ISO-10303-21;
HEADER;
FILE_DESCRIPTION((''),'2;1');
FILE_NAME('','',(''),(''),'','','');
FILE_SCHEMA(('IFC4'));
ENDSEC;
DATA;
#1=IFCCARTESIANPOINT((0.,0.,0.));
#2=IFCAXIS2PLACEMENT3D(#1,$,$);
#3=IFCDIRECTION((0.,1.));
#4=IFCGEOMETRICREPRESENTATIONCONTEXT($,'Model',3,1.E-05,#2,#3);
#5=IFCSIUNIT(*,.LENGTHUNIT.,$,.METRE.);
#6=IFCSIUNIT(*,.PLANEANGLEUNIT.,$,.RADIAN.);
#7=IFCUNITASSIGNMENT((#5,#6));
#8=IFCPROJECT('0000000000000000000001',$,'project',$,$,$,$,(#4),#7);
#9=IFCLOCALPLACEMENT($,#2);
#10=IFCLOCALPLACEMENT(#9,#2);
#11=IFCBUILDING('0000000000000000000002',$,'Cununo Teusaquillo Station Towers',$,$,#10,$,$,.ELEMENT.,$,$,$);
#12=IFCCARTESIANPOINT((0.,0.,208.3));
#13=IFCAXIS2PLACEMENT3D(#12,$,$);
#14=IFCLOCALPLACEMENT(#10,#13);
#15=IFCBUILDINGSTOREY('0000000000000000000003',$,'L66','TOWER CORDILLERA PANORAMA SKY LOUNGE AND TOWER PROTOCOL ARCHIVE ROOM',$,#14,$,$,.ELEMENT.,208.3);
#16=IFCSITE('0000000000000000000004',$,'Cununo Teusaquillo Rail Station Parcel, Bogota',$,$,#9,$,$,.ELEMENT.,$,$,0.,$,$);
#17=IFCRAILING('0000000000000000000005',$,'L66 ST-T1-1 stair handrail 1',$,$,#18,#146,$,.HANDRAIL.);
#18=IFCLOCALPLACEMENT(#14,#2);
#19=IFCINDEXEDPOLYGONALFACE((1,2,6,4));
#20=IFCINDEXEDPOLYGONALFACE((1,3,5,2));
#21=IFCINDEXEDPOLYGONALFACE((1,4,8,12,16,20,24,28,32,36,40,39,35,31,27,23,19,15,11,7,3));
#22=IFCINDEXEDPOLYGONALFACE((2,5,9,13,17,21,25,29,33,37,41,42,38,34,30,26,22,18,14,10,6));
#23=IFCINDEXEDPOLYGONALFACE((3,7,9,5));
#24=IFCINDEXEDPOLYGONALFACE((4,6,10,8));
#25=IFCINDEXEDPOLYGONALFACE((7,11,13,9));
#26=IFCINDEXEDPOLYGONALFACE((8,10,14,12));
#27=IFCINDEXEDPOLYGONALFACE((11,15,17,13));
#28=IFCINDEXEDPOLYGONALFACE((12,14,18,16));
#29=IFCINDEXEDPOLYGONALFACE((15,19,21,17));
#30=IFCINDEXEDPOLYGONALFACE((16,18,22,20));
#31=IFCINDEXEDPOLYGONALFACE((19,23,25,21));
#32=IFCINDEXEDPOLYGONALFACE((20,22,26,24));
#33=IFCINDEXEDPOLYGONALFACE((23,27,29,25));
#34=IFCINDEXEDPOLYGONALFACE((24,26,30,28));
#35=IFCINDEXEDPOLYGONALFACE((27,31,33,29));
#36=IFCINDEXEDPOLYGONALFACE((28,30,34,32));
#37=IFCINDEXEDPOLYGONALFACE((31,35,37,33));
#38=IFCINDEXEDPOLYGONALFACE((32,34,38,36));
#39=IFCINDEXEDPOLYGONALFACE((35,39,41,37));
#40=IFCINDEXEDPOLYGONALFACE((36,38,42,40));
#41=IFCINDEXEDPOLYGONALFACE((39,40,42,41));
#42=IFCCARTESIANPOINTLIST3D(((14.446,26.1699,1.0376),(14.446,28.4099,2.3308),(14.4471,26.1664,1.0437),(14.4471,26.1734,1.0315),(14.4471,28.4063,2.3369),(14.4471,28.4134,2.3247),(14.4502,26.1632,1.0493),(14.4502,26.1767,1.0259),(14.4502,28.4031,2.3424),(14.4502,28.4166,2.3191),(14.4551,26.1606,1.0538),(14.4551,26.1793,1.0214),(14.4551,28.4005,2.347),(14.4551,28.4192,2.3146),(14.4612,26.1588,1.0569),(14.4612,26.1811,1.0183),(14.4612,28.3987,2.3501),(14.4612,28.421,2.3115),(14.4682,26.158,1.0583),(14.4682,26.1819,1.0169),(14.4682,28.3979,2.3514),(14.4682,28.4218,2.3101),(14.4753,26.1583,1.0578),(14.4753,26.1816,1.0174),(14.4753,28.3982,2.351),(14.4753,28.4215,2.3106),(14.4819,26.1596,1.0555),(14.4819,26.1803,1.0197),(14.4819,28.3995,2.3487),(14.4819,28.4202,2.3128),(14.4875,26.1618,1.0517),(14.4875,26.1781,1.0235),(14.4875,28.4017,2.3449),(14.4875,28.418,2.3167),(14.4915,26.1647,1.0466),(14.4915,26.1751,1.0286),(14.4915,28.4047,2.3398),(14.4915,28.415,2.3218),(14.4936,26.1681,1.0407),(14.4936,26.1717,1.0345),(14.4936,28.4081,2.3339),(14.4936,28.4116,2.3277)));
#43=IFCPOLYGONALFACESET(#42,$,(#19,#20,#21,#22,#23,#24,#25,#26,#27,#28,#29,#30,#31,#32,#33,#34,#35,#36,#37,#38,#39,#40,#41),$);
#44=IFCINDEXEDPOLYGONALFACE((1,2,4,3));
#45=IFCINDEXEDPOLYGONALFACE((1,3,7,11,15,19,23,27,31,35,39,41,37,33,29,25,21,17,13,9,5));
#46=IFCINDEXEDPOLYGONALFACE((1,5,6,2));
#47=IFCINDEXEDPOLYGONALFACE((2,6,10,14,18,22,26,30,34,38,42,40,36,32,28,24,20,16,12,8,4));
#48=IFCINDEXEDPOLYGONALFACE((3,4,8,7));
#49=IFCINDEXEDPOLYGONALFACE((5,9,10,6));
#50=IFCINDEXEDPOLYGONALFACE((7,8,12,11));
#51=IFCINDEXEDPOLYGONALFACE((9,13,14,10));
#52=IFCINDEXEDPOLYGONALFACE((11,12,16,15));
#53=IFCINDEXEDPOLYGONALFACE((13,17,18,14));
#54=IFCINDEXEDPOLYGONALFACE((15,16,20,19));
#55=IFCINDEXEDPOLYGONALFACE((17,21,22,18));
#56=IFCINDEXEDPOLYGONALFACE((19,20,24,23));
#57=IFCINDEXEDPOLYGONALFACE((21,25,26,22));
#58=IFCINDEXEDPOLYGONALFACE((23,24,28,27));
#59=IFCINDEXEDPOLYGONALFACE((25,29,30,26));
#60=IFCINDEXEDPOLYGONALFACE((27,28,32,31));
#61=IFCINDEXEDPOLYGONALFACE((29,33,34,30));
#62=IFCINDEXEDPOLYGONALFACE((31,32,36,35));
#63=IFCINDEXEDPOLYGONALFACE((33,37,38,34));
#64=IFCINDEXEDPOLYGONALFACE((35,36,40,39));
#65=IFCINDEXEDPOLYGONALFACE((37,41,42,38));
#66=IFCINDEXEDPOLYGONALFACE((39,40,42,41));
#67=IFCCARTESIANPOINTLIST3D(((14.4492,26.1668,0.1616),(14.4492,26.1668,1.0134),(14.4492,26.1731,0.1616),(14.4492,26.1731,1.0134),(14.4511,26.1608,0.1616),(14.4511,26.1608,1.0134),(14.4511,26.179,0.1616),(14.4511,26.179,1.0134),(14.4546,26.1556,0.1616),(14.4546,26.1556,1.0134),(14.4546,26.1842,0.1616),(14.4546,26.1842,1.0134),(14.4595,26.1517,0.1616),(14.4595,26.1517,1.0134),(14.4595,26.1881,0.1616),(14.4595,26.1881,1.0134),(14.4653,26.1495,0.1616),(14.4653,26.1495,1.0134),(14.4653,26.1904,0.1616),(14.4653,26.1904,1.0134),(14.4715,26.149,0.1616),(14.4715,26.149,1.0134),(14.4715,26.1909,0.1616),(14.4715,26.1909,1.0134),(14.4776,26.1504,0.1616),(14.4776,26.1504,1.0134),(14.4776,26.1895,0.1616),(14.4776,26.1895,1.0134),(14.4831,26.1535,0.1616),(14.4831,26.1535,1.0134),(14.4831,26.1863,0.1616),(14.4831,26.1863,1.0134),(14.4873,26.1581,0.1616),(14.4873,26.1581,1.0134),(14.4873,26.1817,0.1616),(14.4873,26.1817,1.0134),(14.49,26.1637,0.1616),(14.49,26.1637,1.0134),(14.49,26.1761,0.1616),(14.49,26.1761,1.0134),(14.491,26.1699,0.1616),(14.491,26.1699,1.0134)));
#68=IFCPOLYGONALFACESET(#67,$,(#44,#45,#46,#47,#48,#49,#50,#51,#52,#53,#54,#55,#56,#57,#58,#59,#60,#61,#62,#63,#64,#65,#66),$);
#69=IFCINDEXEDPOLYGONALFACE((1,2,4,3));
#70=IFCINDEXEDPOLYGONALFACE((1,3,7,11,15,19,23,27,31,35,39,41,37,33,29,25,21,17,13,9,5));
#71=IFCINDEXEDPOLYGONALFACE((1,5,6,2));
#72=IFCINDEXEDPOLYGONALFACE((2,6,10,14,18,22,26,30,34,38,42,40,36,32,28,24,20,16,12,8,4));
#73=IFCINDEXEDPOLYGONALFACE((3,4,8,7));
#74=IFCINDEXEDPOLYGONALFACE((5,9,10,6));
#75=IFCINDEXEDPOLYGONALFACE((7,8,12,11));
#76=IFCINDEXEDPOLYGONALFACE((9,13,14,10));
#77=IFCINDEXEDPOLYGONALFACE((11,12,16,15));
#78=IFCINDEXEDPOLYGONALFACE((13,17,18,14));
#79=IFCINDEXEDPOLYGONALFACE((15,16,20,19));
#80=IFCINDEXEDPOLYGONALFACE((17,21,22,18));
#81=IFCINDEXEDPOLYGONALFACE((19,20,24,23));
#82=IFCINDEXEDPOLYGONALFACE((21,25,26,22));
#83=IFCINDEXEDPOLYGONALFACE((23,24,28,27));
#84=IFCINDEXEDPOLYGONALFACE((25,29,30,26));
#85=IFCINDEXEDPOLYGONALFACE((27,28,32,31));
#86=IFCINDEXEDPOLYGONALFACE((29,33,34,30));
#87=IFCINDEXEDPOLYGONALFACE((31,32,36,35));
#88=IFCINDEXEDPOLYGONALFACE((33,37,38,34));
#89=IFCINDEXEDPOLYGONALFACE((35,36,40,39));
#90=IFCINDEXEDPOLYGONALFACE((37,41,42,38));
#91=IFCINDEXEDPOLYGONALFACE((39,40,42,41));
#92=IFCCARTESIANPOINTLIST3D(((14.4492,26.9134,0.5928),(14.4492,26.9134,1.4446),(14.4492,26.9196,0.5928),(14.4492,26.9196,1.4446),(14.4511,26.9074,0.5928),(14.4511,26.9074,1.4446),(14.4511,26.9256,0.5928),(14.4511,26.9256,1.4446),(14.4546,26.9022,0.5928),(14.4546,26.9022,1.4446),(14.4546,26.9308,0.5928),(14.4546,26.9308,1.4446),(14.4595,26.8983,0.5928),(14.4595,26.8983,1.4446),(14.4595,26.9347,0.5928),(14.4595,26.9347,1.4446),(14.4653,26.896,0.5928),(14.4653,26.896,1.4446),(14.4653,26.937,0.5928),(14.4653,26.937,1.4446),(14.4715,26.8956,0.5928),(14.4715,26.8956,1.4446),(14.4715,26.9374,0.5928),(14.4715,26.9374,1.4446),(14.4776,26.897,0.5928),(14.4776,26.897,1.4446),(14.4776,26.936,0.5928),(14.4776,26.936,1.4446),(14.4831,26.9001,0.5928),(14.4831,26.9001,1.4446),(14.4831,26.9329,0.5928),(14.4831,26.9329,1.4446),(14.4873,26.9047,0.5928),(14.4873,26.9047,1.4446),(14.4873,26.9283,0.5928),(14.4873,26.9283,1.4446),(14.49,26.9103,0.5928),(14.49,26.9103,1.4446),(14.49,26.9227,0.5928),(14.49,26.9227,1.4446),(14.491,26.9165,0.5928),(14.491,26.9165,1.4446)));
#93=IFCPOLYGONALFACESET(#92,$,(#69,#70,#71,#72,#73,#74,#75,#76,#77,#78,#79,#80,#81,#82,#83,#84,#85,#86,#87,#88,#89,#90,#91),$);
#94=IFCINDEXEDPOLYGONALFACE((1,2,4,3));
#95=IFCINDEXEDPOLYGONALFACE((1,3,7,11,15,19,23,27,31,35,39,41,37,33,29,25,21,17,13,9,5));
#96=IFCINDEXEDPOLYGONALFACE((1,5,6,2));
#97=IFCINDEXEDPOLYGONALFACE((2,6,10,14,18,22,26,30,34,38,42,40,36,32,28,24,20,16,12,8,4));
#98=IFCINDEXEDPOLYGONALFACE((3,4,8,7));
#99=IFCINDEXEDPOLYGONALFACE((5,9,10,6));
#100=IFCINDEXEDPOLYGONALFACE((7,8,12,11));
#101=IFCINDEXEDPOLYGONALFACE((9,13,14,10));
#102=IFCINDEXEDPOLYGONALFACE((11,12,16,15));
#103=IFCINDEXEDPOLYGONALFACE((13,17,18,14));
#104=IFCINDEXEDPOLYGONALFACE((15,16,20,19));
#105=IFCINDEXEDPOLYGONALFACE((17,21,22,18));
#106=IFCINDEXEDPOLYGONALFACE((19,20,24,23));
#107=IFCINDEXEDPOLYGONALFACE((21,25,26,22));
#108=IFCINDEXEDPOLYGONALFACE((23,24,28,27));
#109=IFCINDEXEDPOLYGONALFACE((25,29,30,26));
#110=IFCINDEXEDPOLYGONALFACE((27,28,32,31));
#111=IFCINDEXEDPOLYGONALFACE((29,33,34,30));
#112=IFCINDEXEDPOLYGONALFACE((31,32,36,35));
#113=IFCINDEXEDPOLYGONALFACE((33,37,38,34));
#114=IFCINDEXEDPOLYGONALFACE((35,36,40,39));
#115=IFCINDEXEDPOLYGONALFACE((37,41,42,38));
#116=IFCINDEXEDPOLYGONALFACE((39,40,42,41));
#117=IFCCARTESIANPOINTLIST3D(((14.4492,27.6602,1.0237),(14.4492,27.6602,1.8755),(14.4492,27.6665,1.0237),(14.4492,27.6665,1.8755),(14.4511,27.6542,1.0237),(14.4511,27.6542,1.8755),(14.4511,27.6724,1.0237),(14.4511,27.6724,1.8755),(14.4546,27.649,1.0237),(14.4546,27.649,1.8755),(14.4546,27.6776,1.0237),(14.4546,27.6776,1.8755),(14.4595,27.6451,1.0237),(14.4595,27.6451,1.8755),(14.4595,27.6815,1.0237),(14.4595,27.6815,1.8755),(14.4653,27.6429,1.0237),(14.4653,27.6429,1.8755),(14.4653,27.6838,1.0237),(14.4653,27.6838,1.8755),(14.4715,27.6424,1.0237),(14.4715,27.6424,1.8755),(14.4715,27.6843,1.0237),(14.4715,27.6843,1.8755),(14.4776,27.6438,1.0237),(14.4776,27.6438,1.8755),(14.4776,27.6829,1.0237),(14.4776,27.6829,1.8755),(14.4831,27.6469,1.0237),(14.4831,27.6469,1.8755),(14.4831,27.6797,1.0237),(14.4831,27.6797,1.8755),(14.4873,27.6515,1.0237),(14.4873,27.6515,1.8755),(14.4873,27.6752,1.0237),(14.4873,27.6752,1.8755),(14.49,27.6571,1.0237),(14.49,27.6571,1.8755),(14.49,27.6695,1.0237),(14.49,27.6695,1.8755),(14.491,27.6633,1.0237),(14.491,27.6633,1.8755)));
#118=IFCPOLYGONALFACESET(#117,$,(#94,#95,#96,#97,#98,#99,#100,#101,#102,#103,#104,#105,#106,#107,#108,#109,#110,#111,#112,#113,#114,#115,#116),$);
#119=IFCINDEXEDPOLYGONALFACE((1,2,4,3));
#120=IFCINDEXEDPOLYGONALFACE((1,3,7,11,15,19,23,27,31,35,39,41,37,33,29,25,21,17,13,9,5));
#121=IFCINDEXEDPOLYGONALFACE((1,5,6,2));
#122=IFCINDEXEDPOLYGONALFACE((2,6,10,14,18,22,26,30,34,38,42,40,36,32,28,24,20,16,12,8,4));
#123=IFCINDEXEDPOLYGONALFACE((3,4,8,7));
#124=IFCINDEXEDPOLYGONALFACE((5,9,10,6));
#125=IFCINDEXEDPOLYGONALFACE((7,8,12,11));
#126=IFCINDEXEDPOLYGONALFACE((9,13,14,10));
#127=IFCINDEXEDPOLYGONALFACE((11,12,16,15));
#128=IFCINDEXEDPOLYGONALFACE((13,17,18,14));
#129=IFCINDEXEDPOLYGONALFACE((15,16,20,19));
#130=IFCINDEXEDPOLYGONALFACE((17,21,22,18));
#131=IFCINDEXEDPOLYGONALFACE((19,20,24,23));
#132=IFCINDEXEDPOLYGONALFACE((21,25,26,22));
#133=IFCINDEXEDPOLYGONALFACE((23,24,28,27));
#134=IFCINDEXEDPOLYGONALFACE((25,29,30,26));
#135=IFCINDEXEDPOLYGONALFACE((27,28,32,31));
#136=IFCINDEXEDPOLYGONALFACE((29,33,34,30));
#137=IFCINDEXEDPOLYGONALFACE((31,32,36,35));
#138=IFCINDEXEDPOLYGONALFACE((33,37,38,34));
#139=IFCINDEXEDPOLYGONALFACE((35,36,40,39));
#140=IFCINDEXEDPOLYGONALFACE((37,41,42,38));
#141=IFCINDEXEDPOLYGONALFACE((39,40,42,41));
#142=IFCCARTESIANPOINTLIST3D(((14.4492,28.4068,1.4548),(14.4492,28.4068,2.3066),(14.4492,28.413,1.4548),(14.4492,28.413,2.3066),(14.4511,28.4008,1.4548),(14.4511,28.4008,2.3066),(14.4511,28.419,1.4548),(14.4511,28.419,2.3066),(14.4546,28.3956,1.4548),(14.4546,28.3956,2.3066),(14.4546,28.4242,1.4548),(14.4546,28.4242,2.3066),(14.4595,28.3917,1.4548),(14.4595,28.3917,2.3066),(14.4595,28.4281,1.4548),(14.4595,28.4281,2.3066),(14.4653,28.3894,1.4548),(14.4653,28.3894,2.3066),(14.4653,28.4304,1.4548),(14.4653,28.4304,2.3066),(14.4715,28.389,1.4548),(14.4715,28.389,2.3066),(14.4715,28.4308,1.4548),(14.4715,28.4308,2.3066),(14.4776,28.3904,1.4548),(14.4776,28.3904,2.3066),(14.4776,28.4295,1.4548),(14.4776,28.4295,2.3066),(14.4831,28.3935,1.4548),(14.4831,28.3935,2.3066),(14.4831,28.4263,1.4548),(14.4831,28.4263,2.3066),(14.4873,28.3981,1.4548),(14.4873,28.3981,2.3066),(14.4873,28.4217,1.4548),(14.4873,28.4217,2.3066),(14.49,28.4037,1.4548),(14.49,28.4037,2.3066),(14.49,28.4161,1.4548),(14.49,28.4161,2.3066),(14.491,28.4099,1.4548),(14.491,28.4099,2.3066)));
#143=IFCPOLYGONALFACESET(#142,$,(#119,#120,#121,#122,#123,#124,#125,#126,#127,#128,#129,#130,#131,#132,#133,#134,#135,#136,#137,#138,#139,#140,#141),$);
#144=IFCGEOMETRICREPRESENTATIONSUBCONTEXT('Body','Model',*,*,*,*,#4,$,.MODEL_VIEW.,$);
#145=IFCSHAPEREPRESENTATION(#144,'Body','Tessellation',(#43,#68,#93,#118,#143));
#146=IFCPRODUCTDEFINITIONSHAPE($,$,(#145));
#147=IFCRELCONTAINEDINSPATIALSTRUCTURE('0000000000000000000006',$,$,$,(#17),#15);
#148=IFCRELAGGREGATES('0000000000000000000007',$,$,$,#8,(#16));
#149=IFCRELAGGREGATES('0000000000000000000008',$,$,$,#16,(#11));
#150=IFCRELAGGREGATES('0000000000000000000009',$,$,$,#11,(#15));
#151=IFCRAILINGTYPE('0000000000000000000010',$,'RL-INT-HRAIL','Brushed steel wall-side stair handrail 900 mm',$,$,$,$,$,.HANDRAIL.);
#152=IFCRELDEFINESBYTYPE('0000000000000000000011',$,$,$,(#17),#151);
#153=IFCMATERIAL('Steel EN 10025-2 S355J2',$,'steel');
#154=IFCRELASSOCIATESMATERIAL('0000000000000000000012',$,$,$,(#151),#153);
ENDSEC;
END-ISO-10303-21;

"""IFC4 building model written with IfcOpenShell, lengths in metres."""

from ifc_helpers import new_model, si_unit, direction, frame, origin, origin_2d, place, context, subcontext, project, spatial, circle, extrude, material, type_object, element, save


model = new_model("IFC4")

# Units and contexts
model_context = context("Model", 3, precision=1e-05, world=origin(), true_north=direction((0.0, 1.0)))
body_context = subcontext(model_context, "Body", "Model", "MODEL_VIEW")
ifc_project = project(units=[si_unit("LENGTHUNIT", "METRE"), si_unit("PLANEANGLEUNIT", "RADIAN")], contexts=[model_context])

# Site, building, storey
site_placement = place(None, origin())
site = spatial("IfcSite", under=ifc_project, at=site_placement, Name="Cununo Teusaquillo Rail Station Parcel, Bogota", CompositionType="ELEMENT", RefElevation=0.0)
building_placement = place(site_placement, origin())
building = spatial("IfcBuilding", under=site, at=building_placement, Name="Cununo Teusaquillo Station Towers", CompositionType="ELEMENT")
storey_placement = place(building_placement, frame((0.0, 0.0, 208.3)))
storey = spatial("IfcBuildingStorey", under=building, at=storey_placement, Name="L66", Description="TOWER CORDILLERA PANORAMA SKY LOUNGE AND TOWER PROTOCOL ARCHIVE ROOM", CompositionType="ELEMENT", Elevation=208.3)

# Railing
ifc_material_1 = material(Name="Steel EN 10025-2 S355J2", Category="steel")
railing_type_1 = type_object("IfcRailingType", Name="RL-INT-HRAIL", Description="Brushed steel wall-side stair handrail 900 mm", PredefinedType="HANDRAIL", material=ifc_material_1)
railing_1_placement = place(storey_placement, frame((14.47, 26.1699, 0.1616)))
element("IfcRailing", 1, at=railing_1_placement, inside=storey, type_object=railing_type_1, Name="L66 ST-T1-1 stair handrail 1", PredefinedType="HANDRAIL", context=body_context, shape_type="SweptSolid", body=[
    extrude(circle(Radius=0.0239, at=origin_2d()), frame((0.0, 0.0, 0.876), z_axis=(0.0, 0.866033, 0.499987), x_axis=(-1.0, 0.0, 0.0)), (0.0, 0.0, 1.0), 2.5864),
    extrude(circle(Radius=0.021, at=origin_2d()), origin(), (0.0, 0.0, 1.0), 0.8518),
    extrude(circle(Radius=0.021, at=origin_2d()), frame((0.0, 0.7466, 0.4312)), (0.0, 0.0, 1.0), 0.8518),
    extrude(circle(Radius=0.021, at=origin_2d()), frame((0.0, 1.4934, 0.8621)), (0.0, 0.0, 1.0), 0.8518),
    extrude(circle(Radius=0.021, at=origin_2d()), frame((0.0, 2.24, 1.2932)), (0.0, 0.0, 1.0), 0.8518),
])

save(model, "model.ifc")
